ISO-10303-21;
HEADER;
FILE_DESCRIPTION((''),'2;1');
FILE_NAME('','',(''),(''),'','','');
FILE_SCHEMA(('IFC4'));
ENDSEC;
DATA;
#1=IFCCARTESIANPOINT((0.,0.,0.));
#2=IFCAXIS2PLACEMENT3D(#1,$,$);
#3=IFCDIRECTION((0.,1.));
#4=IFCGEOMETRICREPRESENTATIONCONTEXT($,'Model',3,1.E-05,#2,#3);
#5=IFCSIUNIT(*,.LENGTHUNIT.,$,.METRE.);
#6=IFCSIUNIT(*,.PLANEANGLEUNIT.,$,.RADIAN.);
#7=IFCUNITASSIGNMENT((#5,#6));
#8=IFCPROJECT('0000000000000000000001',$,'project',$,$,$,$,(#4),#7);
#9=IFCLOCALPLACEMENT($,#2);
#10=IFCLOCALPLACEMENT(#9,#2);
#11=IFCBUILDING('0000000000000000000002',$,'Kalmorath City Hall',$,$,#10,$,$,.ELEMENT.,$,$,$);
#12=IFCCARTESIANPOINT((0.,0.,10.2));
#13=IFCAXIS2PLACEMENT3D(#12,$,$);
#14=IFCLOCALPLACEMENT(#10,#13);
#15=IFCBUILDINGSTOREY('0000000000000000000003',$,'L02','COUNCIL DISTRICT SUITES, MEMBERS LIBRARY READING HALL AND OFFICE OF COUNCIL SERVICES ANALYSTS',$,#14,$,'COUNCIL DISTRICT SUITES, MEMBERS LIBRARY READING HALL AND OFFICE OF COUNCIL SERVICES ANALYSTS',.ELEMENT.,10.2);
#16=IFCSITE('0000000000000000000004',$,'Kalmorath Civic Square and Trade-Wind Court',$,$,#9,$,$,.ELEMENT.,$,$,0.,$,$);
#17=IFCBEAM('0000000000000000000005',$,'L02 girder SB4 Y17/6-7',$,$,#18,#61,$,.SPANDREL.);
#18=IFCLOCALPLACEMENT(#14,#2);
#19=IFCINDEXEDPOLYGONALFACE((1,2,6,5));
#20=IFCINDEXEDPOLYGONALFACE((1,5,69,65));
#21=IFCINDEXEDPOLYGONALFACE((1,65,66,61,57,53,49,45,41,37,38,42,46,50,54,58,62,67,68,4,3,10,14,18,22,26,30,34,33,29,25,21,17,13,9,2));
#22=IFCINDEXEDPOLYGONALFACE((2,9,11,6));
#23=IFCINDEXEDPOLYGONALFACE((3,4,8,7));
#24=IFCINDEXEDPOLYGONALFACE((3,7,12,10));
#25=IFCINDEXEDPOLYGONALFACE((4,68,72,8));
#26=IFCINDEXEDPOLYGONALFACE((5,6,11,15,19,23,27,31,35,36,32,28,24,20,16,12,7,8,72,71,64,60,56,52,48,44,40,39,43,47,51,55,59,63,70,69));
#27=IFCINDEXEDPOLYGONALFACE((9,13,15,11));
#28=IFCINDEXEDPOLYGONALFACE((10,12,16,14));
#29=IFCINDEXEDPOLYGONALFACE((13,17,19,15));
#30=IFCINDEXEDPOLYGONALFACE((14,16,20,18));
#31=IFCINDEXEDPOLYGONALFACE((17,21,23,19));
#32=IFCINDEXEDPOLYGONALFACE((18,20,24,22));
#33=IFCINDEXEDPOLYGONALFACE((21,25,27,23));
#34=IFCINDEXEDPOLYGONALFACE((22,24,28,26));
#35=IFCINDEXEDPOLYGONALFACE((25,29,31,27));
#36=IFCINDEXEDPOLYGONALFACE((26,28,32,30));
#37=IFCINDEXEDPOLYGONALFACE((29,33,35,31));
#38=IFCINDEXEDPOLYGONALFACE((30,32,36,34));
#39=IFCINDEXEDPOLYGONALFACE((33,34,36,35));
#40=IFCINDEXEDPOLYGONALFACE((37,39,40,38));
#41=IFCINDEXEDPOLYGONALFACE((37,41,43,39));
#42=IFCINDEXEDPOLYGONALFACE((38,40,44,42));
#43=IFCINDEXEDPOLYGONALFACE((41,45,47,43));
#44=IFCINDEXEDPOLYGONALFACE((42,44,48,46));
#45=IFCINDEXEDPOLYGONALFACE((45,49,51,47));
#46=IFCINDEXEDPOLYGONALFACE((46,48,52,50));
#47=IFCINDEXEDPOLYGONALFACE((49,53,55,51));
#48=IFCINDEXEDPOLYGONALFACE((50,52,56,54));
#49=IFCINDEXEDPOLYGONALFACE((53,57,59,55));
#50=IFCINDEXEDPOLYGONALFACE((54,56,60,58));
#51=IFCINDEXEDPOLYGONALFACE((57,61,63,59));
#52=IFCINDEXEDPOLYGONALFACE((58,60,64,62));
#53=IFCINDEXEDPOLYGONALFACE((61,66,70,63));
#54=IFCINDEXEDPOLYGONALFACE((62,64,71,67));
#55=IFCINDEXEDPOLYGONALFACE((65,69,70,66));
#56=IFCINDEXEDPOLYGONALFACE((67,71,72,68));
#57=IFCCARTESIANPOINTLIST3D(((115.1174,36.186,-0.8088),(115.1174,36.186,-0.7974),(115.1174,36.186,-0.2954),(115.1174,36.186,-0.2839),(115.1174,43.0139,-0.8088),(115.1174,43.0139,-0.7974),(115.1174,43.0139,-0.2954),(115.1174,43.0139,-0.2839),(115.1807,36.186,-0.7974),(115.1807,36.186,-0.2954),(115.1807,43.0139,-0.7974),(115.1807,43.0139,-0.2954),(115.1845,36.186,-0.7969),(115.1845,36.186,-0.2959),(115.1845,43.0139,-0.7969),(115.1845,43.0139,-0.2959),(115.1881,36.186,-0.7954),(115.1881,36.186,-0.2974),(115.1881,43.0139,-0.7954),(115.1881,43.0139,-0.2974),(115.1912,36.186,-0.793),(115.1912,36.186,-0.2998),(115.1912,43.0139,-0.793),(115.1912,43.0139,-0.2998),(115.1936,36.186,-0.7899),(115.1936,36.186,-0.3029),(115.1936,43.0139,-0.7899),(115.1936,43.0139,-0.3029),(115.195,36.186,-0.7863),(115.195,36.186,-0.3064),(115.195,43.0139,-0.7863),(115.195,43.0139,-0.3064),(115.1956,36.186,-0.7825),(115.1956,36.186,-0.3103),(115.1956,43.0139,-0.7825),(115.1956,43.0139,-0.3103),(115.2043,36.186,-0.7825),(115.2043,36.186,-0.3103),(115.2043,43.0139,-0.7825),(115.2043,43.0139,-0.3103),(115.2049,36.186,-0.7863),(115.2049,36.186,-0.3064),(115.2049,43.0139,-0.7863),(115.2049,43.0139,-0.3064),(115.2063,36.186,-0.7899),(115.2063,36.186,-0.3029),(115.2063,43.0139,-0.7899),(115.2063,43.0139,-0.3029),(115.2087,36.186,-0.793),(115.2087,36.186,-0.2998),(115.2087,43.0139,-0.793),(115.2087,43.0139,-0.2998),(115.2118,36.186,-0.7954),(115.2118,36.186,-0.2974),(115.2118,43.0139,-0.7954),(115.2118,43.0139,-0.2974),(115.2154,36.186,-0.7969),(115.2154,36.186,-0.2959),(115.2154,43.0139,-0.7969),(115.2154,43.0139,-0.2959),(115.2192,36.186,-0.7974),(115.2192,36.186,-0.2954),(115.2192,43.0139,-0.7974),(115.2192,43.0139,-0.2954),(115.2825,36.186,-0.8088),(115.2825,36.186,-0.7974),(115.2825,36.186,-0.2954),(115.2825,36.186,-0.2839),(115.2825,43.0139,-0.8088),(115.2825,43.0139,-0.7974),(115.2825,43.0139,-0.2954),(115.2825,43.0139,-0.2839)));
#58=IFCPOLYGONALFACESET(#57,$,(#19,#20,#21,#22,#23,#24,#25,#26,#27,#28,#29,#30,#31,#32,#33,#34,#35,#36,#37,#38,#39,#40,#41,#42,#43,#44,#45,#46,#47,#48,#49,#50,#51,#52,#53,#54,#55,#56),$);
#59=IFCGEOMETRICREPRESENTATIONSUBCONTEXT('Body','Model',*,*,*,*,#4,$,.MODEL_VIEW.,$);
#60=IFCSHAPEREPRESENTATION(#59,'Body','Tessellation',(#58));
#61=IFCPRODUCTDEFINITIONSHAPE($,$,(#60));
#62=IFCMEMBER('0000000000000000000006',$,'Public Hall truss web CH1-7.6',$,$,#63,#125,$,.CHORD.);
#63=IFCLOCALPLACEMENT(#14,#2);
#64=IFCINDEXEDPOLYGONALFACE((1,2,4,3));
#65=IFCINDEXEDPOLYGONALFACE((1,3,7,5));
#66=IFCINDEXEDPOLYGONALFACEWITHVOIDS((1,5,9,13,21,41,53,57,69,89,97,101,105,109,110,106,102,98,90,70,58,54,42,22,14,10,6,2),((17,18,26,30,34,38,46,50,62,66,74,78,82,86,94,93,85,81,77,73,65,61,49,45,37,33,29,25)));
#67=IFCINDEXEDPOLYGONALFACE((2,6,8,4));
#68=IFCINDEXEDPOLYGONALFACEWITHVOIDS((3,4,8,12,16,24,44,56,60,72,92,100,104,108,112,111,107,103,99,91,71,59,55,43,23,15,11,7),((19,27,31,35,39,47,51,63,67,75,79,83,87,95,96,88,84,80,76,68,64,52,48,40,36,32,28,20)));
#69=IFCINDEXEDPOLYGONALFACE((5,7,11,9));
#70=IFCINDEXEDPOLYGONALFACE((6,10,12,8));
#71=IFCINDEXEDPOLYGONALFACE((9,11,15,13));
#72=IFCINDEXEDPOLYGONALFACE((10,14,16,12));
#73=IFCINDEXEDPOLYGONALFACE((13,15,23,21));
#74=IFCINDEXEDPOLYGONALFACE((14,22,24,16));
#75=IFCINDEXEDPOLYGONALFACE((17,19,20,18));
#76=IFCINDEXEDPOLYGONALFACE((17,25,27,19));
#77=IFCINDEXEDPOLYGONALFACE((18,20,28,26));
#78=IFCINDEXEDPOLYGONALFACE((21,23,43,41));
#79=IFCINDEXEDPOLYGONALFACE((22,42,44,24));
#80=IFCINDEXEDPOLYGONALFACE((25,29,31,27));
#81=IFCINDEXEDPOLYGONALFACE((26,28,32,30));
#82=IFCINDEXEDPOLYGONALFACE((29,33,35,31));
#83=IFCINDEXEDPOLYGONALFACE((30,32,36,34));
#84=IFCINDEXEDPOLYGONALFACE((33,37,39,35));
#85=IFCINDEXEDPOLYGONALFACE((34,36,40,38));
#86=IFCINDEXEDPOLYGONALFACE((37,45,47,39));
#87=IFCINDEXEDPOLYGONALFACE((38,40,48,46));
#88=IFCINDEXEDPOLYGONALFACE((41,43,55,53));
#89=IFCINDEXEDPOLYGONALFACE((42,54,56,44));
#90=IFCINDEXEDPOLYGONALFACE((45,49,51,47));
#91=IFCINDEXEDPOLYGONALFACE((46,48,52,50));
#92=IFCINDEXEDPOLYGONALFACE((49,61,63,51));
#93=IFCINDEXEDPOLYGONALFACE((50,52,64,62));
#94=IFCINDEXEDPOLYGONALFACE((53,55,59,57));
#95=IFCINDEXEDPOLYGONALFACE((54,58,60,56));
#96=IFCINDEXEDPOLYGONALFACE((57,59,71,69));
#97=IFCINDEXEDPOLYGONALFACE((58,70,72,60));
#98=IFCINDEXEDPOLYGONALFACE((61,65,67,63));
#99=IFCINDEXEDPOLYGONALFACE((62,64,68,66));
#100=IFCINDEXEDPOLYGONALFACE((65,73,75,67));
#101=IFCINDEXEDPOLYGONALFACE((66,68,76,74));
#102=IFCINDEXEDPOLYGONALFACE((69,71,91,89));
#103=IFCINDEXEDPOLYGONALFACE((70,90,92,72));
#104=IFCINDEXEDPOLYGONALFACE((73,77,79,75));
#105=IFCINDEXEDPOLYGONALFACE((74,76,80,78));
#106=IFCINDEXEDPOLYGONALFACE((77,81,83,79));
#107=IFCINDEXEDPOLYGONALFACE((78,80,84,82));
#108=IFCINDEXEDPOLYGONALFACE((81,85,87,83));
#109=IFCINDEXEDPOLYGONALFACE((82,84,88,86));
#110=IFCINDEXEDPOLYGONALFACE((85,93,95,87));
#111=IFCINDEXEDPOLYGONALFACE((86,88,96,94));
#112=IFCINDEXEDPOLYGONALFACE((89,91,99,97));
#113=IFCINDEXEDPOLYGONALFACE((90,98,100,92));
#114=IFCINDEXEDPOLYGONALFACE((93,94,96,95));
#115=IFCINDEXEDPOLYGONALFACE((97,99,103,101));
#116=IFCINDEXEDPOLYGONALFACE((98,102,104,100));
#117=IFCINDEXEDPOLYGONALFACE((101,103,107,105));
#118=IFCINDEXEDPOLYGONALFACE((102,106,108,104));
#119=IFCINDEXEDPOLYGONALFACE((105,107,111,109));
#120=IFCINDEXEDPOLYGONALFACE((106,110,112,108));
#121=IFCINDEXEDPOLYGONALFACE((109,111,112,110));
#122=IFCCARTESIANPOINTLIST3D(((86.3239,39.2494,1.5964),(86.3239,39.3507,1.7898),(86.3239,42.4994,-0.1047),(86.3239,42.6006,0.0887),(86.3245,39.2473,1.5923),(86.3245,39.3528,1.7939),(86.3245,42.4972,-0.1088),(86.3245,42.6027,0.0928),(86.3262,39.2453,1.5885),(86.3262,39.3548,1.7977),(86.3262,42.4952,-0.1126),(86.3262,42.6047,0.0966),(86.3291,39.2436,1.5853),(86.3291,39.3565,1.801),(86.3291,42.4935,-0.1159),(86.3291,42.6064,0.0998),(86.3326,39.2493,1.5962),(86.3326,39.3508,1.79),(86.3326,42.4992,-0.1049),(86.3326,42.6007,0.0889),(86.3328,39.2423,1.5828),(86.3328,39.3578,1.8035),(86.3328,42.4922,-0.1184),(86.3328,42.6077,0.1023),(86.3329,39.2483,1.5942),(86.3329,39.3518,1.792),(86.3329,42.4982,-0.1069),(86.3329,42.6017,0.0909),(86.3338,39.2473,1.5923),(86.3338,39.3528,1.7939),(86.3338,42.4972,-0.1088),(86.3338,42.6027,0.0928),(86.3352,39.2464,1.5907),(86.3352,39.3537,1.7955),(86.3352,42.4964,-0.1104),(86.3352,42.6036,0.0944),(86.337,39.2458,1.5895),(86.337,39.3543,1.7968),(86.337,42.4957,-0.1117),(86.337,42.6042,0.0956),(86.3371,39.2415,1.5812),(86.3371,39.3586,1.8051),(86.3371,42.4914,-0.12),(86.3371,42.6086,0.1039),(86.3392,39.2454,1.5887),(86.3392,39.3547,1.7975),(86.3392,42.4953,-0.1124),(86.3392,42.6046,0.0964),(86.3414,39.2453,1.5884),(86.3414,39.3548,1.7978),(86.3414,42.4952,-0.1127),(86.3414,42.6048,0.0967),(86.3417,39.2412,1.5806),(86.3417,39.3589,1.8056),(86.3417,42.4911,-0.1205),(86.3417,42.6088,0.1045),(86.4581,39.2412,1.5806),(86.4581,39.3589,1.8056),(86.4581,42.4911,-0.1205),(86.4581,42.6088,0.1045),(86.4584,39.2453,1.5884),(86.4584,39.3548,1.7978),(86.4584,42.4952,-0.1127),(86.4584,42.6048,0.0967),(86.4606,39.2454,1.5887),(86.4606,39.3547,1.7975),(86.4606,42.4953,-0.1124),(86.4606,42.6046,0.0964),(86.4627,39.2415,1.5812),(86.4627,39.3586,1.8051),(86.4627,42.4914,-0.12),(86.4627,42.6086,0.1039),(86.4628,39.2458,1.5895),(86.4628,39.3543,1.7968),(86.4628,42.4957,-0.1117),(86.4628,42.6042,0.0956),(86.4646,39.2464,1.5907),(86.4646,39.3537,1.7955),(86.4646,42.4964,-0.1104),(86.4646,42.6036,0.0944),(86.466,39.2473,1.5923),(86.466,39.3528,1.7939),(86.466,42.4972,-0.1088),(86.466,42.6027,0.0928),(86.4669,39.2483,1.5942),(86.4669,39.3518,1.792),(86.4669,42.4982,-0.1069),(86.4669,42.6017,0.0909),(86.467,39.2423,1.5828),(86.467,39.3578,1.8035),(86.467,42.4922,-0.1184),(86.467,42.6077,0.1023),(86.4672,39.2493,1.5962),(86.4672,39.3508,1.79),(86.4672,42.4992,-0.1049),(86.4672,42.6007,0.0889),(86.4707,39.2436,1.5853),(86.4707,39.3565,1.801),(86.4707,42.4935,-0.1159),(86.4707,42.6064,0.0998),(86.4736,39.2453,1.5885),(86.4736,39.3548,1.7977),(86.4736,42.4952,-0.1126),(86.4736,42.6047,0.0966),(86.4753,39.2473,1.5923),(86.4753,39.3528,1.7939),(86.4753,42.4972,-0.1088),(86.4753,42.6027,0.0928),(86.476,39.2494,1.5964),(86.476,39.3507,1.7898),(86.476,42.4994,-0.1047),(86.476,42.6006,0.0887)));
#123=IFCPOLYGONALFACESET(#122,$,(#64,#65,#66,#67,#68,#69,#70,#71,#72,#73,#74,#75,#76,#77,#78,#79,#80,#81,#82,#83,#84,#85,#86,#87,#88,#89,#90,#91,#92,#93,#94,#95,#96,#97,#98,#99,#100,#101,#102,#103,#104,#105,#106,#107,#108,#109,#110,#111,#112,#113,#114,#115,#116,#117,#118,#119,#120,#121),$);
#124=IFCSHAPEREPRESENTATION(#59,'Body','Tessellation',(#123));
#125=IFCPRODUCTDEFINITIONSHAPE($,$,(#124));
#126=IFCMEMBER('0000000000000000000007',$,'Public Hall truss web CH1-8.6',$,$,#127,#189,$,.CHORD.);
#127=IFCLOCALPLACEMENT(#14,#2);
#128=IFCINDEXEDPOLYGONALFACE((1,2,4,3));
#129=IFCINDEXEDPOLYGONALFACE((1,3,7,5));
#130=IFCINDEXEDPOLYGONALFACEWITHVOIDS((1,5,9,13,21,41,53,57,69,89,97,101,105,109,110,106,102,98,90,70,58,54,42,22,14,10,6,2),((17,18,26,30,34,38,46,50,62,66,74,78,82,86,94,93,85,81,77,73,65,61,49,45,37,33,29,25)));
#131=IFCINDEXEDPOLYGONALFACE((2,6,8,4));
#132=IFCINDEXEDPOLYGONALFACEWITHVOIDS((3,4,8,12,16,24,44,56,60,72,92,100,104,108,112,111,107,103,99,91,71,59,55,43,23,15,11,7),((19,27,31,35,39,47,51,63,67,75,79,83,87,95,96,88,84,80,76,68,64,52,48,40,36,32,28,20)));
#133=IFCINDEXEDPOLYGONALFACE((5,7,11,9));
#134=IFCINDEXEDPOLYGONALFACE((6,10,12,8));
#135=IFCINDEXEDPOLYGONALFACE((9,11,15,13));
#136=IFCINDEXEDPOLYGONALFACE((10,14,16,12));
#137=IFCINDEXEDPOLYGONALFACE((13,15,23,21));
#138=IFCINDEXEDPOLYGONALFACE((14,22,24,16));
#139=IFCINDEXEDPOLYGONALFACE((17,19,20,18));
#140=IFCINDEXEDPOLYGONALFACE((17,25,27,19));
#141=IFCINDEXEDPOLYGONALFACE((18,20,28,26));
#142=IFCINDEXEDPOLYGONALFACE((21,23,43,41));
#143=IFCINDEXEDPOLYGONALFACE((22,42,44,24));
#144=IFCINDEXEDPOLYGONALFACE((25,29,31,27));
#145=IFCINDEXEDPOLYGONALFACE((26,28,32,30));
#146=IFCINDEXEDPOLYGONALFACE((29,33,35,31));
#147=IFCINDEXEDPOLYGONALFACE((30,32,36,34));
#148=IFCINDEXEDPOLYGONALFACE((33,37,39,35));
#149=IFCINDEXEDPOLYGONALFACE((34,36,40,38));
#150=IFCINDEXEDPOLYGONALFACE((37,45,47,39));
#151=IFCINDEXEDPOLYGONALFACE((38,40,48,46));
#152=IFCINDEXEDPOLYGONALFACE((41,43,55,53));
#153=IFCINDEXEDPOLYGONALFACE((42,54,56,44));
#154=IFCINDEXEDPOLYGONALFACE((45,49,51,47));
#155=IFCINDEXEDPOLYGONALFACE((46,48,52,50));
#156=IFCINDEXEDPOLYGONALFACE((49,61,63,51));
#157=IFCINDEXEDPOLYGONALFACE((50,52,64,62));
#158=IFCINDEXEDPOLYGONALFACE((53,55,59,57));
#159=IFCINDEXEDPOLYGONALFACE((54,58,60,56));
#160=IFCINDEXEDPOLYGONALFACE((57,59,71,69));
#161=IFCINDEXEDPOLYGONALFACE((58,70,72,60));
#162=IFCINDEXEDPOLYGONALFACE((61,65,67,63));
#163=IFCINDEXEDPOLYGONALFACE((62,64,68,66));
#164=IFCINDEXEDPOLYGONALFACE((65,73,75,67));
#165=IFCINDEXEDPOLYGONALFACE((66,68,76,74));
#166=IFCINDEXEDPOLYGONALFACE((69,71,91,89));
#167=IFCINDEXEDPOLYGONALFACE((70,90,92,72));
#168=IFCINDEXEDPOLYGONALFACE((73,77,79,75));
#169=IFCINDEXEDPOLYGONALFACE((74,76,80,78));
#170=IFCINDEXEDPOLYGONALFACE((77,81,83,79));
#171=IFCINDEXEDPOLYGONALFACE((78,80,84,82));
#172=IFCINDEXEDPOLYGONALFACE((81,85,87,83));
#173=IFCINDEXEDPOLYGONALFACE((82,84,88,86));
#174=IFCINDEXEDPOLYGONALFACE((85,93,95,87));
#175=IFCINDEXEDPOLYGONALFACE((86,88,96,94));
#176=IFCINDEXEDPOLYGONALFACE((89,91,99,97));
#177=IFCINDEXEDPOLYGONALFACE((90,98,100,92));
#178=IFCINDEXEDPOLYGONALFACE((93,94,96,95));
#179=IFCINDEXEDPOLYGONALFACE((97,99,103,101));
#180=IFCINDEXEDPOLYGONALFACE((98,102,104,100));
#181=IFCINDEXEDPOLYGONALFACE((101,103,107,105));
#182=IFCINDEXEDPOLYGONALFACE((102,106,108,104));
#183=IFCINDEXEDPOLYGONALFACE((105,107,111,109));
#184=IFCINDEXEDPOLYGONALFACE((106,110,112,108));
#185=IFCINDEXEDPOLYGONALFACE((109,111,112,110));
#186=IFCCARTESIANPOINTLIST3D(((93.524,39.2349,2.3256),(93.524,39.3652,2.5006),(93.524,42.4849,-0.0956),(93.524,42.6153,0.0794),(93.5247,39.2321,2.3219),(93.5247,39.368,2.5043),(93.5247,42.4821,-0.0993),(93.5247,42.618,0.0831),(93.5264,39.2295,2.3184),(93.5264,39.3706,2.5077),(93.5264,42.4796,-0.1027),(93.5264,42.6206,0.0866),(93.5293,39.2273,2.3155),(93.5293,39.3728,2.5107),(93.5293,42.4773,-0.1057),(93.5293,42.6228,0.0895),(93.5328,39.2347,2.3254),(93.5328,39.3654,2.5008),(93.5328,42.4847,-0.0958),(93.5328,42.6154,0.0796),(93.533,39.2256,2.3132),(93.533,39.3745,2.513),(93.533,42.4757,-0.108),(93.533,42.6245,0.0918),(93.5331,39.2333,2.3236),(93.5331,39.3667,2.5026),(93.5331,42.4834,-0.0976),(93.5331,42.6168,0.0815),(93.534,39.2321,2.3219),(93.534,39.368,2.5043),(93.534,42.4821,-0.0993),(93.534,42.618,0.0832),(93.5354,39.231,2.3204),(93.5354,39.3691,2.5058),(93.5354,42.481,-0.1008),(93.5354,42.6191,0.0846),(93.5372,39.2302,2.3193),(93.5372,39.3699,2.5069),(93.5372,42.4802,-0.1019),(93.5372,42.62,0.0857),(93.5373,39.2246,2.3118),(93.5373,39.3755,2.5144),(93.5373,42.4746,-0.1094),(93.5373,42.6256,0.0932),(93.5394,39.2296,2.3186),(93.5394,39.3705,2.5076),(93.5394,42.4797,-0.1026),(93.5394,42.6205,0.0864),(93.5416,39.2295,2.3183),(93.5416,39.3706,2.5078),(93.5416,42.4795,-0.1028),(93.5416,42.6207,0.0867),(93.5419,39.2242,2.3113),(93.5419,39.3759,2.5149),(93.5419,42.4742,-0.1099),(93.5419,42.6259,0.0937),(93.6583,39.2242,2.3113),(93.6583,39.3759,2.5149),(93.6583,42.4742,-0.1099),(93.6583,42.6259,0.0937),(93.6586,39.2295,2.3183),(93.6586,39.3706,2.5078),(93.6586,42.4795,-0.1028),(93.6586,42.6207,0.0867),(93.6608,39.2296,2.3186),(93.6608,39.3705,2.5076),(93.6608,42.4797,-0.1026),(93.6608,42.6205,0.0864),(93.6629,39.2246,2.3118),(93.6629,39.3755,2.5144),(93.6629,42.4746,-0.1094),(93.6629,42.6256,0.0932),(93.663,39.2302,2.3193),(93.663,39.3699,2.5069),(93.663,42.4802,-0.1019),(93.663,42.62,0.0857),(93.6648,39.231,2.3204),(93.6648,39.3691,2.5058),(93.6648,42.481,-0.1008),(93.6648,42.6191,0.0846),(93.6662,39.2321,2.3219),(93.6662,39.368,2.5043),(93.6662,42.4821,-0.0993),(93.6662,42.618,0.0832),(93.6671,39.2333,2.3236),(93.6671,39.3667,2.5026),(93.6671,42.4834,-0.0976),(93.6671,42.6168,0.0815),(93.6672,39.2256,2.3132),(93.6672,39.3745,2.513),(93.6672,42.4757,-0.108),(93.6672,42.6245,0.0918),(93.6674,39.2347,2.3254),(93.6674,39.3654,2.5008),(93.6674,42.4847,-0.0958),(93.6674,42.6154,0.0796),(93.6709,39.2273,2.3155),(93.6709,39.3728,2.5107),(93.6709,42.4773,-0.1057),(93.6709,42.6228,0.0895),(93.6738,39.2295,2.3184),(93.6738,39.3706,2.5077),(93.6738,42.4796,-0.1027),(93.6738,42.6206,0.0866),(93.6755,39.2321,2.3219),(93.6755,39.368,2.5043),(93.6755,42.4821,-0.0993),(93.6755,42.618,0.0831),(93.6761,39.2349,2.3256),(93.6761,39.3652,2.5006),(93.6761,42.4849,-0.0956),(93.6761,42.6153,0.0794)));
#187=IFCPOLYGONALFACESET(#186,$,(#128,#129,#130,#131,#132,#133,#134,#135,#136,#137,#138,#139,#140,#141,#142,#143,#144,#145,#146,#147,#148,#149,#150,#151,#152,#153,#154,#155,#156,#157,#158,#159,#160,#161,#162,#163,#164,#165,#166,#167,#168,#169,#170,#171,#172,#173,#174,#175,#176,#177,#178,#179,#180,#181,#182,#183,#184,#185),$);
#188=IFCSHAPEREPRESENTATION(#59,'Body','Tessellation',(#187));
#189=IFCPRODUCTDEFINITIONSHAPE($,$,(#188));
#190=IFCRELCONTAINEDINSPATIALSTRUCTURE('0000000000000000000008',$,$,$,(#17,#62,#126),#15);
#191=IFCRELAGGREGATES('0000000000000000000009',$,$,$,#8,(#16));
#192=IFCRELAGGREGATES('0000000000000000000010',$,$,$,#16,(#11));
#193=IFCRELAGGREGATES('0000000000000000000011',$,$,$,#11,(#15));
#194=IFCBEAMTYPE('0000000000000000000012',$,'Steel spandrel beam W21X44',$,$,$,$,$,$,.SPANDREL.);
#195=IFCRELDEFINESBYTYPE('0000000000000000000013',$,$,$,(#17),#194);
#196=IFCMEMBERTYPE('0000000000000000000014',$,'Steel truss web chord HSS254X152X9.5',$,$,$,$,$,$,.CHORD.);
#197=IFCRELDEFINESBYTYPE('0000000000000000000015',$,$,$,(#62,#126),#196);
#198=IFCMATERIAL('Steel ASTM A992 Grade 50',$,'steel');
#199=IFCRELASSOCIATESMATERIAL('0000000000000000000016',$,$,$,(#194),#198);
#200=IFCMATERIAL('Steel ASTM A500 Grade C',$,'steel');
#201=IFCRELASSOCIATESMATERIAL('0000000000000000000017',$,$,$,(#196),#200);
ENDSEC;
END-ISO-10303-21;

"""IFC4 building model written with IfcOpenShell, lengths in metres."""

from ifc_helpers import new_model, si_unit, direction, frame, origin, origin_2d, place, context, subcontext, project, spatial, hollow_rectangle, i_section, extrude, material, material_profile, profile_set, type_object, element, save


model = new_model("IFC4")

# Units and contexts
model_context = context("Model", 3, precision=1e-05, world=origin(), true_north=direction((0.0, 1.0)))
body_context = subcontext(model_context, "Body", "Model", "MODEL_VIEW")
ifc_project = project(units=[si_unit("LENGTHUNIT", "METRE"), si_unit("PLANEANGLEUNIT", "RADIAN")], contexts=[model_context])

# Site, building, storey
site_placement = place(None, origin())
site = spatial("IfcSite", under=ifc_project, at=site_placement, Name="Kalmorath Civic Square and Trade-Wind Court", CompositionType="ELEMENT", RefElevation=0.0)
building_placement = place(site_placement, origin())
building = spatial("IfcBuilding", under=site, at=building_placement, Name="Kalmorath City Hall", CompositionType="ELEMENT")
storey_placement = place(building_placement, frame((0.0, 0.0, 10.2)))
storey = spatial("IfcBuildingStorey", under=building, at=storey_placement, Name="L02", Description="COUNCIL DISTRICT SUITES, MEMBERS LIBRARY READING HALL AND OFFICE OF COUNCIL SERVICES ANALYSTS", LongName="COUNCIL DISTRICT SUITES, MEMBERS LIBRARY READING HALL AND OFFICE OF COUNCIL SERVICES ANALYSTS", CompositionType="ELEMENT", Elevation=10.2)

# Beam
ifc_material_1 = material(Name="Steel ASTM A992 Grade 50", Category="steel")
ifc_material_profile_1 = material_profile(ifc_material_1, i_section(OverallWidth=0.165, OverallDepth=0.5249, WebThickness=0.0088, FlangeThickness=0.0115, FilletRadius=0.0149, at=origin_2d()), Name="W21X44")
ifc_profile_set_1 = profile_set([ifc_material_profile_1], Name="Steel ASTM A992 Grade 50")
beam_type_1 = type_object("IfcBeamType", Name="Steel spandrel beam W21X44", PredefinedType="SPANDREL", material=ifc_profile_set_1)
beam_placement = place(storey_placement, frame((115.2, 36.186, -0.5464), z_axis=(0.0, 1.0, 0.0), x_axis=(-1.0, 0.0, 0.0)))
element("IfcBeam", 1, at=beam_placement, inside=storey, type_object=beam_type_1, Name="L02 girder SB4 Y17/6-7", PredefinedType="SPANDREL", context=body_context, shape_type="SweptSolid", body=[
    extrude(i_section(OverallWidth=0.165, OverallDepth=0.5249, WebThickness=0.0088, FlangeThickness=0.0115, FilletRadius=0.0149, at=origin_2d()), origin(), (0.0, 0.0, 1.0), 6.8279),
])

# Members
ifc_material_2 = material(Name="Steel ASTM A500 Grade C", Category="steel")
ifc_material_profile_2 = material_profile(ifc_material_2, hollow_rectangle(XDim=0.1521, YDim=0.2539, WallThickness=0.0088, InnerFilletRadius=0.0088, OuterFilletRadius=0.0178, at=origin_2d()), Name="HSS254X152X9.5")
ifc_profile_set_2 = profile_set([ifc_material_profile_2], Name="Steel ASTM A500 Grade C")
member_type_1 = type_object("IfcMemberType", Name="Steel truss web chord HSS254X152X9.5", PredefinedType="CHORD", material=ifc_profile_set_2)
member_1_placement = place(storey_placement, frame((86.3999, 39.3, 1.6931), z_axis=(0.0, 0.885967, -0.463748), x_axis=(-1.0, 0.0, 0.0)))
element("IfcMember", 2, at=member_1_placement, inside=storey, type_object=member_type_1, Name="Public Hall truss web CH1-7.6", PredefinedType="CHORD", context=body_context, shape_type="SweptSolid", body=[
    extrude(hollow_rectangle(XDim=0.1521, YDim=0.2539, WallThickness=0.0088, InnerFilletRadius=0.0088, OuterFilletRadius=0.0178, at=origin_2d()), origin(), (0.0, 0.0, 1.0), 3.6682),
])
member_2_placement = place(storey_placement, frame((93.6001, 39.3, 2.4131), z_axis=(0.0, 0.801933, -0.597414), x_axis=(-1.0, 0.0, 0.0)))
element("IfcMember", 3, at=member_2_placement, inside=storey, type_object=member_type_1, Name="Public Hall truss web CH1-8.6", PredefinedType="CHORD", context=body_context, shape_type="SweptSolid", body=[
    extrude(hollow_rectangle(XDim=0.1521, YDim=0.2539, WallThickness=0.0088, InnerFilletRadius=0.0088, OuterFilletRadius=0.0178, at=origin_2d()), origin(), (0.0, 0.0, 1.0), 4.0527),
])

save(model, "model.ifc")
